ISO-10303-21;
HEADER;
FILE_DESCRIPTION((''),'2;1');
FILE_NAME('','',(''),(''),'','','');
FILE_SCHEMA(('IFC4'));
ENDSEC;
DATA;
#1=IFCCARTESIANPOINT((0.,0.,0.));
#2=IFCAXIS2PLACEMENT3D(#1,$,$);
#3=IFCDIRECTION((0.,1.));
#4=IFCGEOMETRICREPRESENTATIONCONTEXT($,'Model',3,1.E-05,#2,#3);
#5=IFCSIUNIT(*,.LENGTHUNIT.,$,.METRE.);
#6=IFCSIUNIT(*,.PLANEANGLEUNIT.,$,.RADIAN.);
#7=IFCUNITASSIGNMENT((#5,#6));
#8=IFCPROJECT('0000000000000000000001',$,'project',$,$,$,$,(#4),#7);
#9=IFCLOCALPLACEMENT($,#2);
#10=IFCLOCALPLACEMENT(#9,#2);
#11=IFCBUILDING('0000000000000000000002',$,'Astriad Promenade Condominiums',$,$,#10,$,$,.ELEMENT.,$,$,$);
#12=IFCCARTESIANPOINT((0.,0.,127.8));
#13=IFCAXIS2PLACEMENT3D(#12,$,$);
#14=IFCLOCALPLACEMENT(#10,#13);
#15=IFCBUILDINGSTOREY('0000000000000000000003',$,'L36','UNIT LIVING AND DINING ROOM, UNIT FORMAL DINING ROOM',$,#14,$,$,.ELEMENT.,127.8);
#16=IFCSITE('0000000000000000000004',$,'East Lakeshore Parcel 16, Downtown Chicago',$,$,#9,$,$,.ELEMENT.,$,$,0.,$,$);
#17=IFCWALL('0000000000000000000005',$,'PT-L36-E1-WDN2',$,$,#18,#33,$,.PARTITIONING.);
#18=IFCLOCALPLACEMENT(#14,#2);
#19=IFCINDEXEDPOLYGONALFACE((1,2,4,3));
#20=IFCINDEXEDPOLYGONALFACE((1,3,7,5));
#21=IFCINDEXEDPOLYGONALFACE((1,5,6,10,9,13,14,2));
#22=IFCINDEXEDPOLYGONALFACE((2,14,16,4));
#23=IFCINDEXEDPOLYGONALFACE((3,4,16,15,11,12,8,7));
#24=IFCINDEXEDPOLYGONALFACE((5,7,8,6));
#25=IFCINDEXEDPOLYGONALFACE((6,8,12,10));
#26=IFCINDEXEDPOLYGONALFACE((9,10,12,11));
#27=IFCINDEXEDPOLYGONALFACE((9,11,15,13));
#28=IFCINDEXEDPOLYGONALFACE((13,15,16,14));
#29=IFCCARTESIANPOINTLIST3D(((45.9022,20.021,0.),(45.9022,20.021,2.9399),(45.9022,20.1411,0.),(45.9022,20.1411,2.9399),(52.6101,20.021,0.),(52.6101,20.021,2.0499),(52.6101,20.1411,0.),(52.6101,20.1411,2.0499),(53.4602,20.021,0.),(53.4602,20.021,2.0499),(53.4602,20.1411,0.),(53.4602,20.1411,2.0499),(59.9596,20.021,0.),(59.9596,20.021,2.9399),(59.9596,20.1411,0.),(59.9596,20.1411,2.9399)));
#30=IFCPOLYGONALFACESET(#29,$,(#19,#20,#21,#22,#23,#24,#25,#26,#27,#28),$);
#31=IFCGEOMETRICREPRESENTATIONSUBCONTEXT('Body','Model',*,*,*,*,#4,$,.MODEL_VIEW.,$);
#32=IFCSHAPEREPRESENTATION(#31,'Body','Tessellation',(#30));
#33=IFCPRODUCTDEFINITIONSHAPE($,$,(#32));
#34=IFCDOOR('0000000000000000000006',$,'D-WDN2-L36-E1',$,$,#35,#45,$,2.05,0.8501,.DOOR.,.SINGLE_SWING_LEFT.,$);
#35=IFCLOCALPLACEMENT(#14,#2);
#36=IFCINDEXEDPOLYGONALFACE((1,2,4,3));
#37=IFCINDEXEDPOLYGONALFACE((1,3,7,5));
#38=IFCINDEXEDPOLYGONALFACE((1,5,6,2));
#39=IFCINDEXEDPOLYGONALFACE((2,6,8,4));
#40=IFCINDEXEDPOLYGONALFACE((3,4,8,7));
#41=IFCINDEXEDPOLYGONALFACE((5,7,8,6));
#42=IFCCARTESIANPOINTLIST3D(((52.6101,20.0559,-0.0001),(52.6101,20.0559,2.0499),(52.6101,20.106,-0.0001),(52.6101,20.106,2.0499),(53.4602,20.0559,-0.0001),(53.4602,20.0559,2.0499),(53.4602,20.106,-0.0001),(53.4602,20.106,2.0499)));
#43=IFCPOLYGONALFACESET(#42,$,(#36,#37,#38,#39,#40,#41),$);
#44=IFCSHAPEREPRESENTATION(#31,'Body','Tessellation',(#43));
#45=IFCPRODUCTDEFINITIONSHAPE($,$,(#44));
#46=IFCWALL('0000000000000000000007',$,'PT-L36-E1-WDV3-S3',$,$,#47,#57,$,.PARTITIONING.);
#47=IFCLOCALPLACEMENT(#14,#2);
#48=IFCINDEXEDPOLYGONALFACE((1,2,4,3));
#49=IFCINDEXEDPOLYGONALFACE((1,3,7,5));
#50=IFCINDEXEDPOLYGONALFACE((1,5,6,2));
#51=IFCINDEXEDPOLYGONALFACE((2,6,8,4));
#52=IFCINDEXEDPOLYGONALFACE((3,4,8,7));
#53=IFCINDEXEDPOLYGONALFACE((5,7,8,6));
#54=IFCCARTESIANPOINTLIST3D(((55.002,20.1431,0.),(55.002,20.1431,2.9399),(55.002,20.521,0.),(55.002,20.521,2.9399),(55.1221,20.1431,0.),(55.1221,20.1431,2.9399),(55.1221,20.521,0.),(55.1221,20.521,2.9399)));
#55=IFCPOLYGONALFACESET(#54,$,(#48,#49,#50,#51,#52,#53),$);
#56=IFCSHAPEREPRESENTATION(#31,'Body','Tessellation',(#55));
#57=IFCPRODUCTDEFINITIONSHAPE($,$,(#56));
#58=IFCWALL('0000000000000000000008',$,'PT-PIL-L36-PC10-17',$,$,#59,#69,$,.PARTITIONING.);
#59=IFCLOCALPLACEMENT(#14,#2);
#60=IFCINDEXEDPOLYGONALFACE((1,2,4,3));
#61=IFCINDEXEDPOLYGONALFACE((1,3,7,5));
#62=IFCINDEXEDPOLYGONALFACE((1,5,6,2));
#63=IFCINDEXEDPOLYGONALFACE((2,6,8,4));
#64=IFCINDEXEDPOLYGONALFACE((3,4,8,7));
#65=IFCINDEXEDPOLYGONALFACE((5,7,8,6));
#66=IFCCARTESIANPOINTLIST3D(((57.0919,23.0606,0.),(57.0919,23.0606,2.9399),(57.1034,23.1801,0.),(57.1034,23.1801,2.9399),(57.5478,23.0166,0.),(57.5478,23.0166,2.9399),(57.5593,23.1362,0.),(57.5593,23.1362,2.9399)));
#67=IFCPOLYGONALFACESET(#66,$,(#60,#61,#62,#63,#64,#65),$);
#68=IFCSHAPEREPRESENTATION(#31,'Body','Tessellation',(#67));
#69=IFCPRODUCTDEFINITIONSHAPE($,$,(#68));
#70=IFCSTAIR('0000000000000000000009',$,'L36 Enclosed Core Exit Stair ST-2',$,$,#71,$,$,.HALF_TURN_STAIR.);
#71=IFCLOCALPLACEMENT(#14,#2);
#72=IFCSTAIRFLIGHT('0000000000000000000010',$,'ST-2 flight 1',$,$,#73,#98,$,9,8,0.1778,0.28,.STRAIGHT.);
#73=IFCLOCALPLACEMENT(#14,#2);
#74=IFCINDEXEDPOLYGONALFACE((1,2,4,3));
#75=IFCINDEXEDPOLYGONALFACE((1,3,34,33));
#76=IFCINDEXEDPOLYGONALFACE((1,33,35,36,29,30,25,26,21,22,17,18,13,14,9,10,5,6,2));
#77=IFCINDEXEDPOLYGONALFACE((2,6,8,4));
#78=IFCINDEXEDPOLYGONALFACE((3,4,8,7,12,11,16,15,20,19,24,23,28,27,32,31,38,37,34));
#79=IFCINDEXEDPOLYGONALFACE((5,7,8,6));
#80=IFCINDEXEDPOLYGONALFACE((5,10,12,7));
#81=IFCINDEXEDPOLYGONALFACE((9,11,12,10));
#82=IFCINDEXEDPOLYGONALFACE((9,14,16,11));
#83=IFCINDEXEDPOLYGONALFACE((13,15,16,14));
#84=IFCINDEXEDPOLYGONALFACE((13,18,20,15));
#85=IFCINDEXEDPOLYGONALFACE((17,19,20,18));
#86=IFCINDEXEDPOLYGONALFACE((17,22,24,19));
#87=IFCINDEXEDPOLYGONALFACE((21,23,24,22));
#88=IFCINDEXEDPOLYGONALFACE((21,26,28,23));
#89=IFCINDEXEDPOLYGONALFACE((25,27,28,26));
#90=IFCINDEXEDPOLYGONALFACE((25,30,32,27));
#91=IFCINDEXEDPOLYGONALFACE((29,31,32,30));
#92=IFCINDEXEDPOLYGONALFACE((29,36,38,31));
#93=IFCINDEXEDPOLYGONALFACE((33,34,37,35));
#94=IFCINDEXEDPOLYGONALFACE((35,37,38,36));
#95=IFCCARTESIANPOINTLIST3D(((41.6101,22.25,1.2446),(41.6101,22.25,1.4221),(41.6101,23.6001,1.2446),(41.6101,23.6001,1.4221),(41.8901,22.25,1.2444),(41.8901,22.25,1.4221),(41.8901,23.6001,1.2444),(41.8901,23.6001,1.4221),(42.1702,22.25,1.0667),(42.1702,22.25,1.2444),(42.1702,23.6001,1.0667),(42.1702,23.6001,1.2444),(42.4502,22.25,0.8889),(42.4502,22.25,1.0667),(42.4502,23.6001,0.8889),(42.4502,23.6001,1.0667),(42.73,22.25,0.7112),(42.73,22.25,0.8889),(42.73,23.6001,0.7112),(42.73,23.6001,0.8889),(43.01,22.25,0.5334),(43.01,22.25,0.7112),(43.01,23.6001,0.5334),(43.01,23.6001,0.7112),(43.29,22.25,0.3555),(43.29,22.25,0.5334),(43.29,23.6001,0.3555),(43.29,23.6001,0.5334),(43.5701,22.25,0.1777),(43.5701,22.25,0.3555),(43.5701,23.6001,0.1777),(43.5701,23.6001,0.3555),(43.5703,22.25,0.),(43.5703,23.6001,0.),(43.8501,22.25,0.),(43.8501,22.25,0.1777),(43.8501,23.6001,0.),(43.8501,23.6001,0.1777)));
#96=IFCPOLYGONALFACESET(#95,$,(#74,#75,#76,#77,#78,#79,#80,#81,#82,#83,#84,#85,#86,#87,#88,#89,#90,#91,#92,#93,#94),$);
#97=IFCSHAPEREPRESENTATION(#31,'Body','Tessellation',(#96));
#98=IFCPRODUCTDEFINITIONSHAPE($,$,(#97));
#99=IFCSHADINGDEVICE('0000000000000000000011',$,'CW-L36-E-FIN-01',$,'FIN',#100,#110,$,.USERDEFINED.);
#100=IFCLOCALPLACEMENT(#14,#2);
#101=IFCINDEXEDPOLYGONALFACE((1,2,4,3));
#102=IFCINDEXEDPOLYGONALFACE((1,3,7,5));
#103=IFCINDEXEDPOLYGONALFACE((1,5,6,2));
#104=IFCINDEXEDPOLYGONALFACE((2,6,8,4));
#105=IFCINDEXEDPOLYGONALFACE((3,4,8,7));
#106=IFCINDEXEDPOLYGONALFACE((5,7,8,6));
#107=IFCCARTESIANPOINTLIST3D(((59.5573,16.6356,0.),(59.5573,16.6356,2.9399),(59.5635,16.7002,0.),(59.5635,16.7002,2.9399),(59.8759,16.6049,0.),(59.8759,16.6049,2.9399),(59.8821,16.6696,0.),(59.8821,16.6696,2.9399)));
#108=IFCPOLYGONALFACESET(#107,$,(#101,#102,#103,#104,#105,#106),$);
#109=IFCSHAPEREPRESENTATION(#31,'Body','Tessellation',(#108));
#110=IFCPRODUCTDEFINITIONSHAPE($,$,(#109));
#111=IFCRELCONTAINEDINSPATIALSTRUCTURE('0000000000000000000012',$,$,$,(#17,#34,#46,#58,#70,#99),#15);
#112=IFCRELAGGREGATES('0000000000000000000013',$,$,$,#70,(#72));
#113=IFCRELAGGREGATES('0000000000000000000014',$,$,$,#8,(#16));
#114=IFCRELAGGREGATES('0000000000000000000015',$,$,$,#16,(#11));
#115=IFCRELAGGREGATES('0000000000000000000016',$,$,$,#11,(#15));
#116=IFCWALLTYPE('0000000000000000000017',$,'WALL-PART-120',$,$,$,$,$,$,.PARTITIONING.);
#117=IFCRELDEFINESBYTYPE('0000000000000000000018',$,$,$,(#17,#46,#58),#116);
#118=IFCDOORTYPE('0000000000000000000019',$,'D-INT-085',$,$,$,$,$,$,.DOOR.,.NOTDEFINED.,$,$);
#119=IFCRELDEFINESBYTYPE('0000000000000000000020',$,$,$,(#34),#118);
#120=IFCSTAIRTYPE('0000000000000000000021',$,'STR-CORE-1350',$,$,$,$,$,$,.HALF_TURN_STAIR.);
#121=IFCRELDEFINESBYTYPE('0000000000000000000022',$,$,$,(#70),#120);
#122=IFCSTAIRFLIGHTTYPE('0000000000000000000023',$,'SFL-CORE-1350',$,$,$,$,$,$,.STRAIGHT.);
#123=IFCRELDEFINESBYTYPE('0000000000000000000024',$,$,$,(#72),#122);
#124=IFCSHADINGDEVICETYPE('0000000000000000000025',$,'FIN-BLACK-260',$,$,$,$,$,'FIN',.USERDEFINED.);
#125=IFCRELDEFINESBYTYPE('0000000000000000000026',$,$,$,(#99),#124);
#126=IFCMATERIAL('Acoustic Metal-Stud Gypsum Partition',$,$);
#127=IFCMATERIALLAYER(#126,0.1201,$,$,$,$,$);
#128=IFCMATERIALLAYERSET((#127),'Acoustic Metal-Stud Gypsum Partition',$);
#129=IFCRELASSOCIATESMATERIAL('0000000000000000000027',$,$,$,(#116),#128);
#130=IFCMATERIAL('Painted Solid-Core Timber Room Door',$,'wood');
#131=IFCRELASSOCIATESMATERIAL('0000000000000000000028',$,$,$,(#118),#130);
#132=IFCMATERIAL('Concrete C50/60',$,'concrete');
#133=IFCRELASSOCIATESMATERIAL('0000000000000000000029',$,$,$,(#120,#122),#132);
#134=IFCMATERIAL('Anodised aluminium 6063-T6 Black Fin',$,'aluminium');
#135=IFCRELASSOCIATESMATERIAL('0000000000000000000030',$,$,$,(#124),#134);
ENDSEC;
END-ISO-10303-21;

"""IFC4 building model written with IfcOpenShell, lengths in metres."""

from ifc_helpers import new_model, si_unit, direction, frame, frame_2d, origin, origin_2d, place, context, subcontext, project, spatial, polyline, rectangle, outline, extrude, source, transform, mapped, material, layer, layer_set, type_object, type_shapes, element, fill, aggregate, save


model = new_model("IFC4")

# Units and contexts
model_context = context("Model", 3, precision=1e-05, world=origin(), true_north=direction((0.0, 1.0)))
body_context = subcontext(model_context, "Body", "Model", "MODEL_VIEW")
ifc_project = project(units=[si_unit("LENGTHUNIT", "METRE"), si_unit("PLANEANGLEUNIT", "RADIAN")], contexts=[model_context])

# Site, building, storey
site_placement = place(None, origin())
site = spatial("IfcSite", under=ifc_project, at=site_placement, Name="East Lakeshore Parcel 16, Downtown Chicago", CompositionType="ELEMENT", RefElevation=0.0)
building_placement = place(site_placement, origin())
building = spatial("IfcBuilding", under=site, at=building_placement, Name="Astriad Promenade Condominiums", CompositionType="ELEMENT")
storey_placement = place(building_placement, frame((0.0, 0.0, 127.8)))
storey = spatial("IfcBuildingStorey", under=building, at=storey_placement, Name="L36", Description="UNIT LIVING AND DINING ROOM, UNIT FORMAL DINING ROOM", CompositionType="ELEMENT", Elevation=127.8)

# Shared definitions
ifc_material_1 = material(Name="Acoustic Metal-Stud Gypsum Partition")
ifc_layer_1 = layer(ifc_material_1, 0.1201)
ifc_layer_set_1 = layer_set([ifc_layer_1], Name="Acoustic Metal-Stud Gypsum Partition")
wall_type_1 = type_object("IfcWallType", Name="WALL-PART-120", PredefinedType="PARTITIONING", material=ifc_layer_set_1)

# Wall, opening, door
ifc_material_2 = material(Name="Painted Solid-Core Timber Room Door", Category="wood")
door_type = type_object("IfcDoorType", Name="D-INT-085", OperationType="NOTDEFINED", PredefinedType="DOOR", material=ifc_material_2)
shared_shape_1 = source(origin(), body_context, "Body", "SweptSolid", [
    extrude(rectangle(XDim=0.8501, YDim=2.05, at=frame_2d((0.425, 1.0249))), frame((0.0, 0.0249, 0.0), z_axis=(0.0, -1.0, 0.0), x_axis=(1.0, 0.0, 0.0)), (0.0, 0.0, 1.0), 0.05),
])
type_shapes(door_type, [shared_shape_1])
wall_1_placement = place(storey_placement, frame((45.9021, 20.0811, 0.0), z_axis=(0.0, 0.0, 1.0), x_axis=(1.0, 0.0, 0.0)))
wall_1 = element("IfcWall", 1, at=wall_1_placement, inside=storey, type_object=wall_type_1, Name="PT-L36-E1-WDN2", PredefinedType="PARTITIONING", context=body_context, shape_type="SweptSolid", body=[
    extrude(rectangle(XDim=14.0574, YDim=0.1201, at=frame_2d((7.0288, 0.0))), origin(), (0.0, 0.0, 1.0), 2.9399),
])
opening_1_placement = place(wall_1_placement, frame((6.708, 0.0, 0.0)))
opening_1 = element("IfcOpeningElement", 2, at=opening_1_placement, cuts=wall_1, PredefinedType="OPENING", context=body_context, shape_type="SweptSolid", body=[
    extrude(rectangle(XDim=0.8501, YDim=2.05, at=frame_2d((0.425, 1.0249))), frame((0.0, 0.0701, 0.0), z_axis=(0.0, -1.0, 0.0), x_axis=(1.0, 0.0, 0.0)), (0.0, 0.0, 1.0), 0.1401),
])
door_1_placement = place(opening_1_placement, origin())
door_1 = element("IfcDoor", 3, at=door_1_placement, inside=storey, type_object=door_type, Name="D-WDN2-L36-E1", OperationType="SINGLE_SWING_LEFT", OverallHeight=2.05, OverallWidth=0.8501, PredefinedType="DOOR", context=body_context, shape_type="MappedRepresentation", body=[
    mapped(shared_shape_1, transform((0.0, 0.0, 0.0), scale=1.0)),
])
fill(opening_1, door_1)

# Walls
wall_2_placement = place(storey_placement, frame((55.062, 20.1431, 0.0), z_axis=(0.0, 0.0, 1.0), x_axis=(0.0, 1.0, 0.0)))
element("IfcWall", 4, at=wall_2_placement, inside=storey, type_object=wall_type_1, Name="PT-L36-E1-WDV3-S3", PredefinedType="PARTITIONING", context=body_context, shape_type="SweptSolid", body=[
    extrude(rectangle(XDim=0.3779, YDim=0.1201, at=frame_2d((0.189, 0.0))), origin(), (0.0, 0.0, 1.0), 2.9399),
])
wall_3_placement = place(storey_placement, frame((57.0977, 23.1204, 0.0), z_axis=(0.0, 0.0, 1.0), x_axis=(0.995385, -0.095966, 0.0)))
element("IfcWall", 5, at=wall_3_placement, inside=storey, type_object=wall_type_1, Name="PT-PIL-L36-PC10-17", PredefinedType="PARTITIONING", context=body_context, shape_type="SweptSolid", body=[
    extrude(rectangle(XDim=0.458, YDim=0.1201, at=frame_2d((0.229, 0.0))), origin(), (0.0, 0.0, 1.0), 2.9399),
])

# Stair, stair flight
ifc_material_3 = material(Name="Concrete C50/60", Category="concrete")
stair_type = type_object("IfcStairType", Name="STR-CORE-1350", PredefinedType="HALF_TURN_STAIR", material=ifc_material_3)
stair_placement = place(storey_placement, origin())
stair = element("IfcStair", 6, at=stair_placement, inside=storey, type_object=stair_type, Name="L36 Enclosed Core Exit Stair ST-2", PredefinedType="HALF_TURN_STAIR")
stair_flight_type = type_object("IfcStairFlightType", Name="SFL-CORE-1350", PredefinedType="STRAIGHT", material=ifc_material_3)
shared_shape_2 = source(origin(), body_context, "Body", "SweptSolid", [
    extrude(outline(polyline([(0.0, 0.0), (0.0, 0.1777), (0.28, 0.1777), (0.28, 0.3555), (0.5601, 0.3555), (0.5601, 0.5334), (0.8401, 0.5334), (0.8401, 0.7112), (1.1201, 0.7112), (1.1201, 0.8889), (1.3999, 0.8889), (1.3999, 1.0667), (1.6799, 1.0667), (1.6799, 1.2444), (1.96, 1.2444), (1.96, 1.4221), (2.24, 1.4221), (2.24, 1.6001), (2.24, 1.2446), (0.2798, 0.0), (0.0, 0.0)])), frame((0.0, 0.675, 0.0), z_axis=(0.0, -1.0, 0.0), x_axis=(1.0, 0.0, 0.0)), (0.0, 0.0, 1.0), 1.3501),
])
type_shapes(stair_flight_type, [shared_shape_2])
stair_flight_placement = place(storey_placement, frame((43.8501, 22.925, 0.0), z_axis=(0.0, 0.0, 1.0), x_axis=(-1.0, 0.0, 0.0)))
stair_flight = element("IfcStairFlight", 7, at=stair_flight_placement, type_object=stair_flight_type, Name="ST-2 flight 1", NumberOfRisers=9, NumberOfTreads=8, PredefinedType="STRAIGHT", RiserHeight=0.1778, TreadLength=0.28, context=body_context, shape_type="MappedRepresentation", body=[
    mapped(shared_shape_2, transform((0.0, 0.0, 0.0), scale=1.0)),
])
aggregate(stair, [stair_flight])

# Shading device
ifc_material_4 = material(Name="Anodised aluminium 6063-T6 Black Fin", Category="aluminium")
shading_device_type = type_object("IfcShadingDeviceType", Name="FIN-BLACK-260", ElementType="FIN", PredefinedType="USERDEFINED", material=ifc_material_4)
shared_shape_3 = source(origin(), body_context, "Body", "SweptSolid", [
    extrude(rectangle(XDim=0.0649, YDim=0.3201, at=origin_2d()), origin(), (0.0, 0.0, 1.0), 2.9399),
])
type_shapes(shading_device_type, [shared_shape_3])
shading_device_placement = place(storey_placement, frame((59.7197, 16.6526, 0.0), z_axis=(0.0, 0.0, 1.0), x_axis=(-0.095846, -0.995396, 0.0)))
element("IfcShadingDevice", 8, at=shading_device_placement, inside=storey, type_object=shading_device_type, Name="CW-L36-E-FIN-01", ObjectType="FIN", PredefinedType="USERDEFINED", context=body_context, shape_type="MappedRepresentation", body=[
    mapped(shared_shape_3, transform((0.0, 0.0, 0.0), scale=1.0)),
])

save(model, "model.ifc")
